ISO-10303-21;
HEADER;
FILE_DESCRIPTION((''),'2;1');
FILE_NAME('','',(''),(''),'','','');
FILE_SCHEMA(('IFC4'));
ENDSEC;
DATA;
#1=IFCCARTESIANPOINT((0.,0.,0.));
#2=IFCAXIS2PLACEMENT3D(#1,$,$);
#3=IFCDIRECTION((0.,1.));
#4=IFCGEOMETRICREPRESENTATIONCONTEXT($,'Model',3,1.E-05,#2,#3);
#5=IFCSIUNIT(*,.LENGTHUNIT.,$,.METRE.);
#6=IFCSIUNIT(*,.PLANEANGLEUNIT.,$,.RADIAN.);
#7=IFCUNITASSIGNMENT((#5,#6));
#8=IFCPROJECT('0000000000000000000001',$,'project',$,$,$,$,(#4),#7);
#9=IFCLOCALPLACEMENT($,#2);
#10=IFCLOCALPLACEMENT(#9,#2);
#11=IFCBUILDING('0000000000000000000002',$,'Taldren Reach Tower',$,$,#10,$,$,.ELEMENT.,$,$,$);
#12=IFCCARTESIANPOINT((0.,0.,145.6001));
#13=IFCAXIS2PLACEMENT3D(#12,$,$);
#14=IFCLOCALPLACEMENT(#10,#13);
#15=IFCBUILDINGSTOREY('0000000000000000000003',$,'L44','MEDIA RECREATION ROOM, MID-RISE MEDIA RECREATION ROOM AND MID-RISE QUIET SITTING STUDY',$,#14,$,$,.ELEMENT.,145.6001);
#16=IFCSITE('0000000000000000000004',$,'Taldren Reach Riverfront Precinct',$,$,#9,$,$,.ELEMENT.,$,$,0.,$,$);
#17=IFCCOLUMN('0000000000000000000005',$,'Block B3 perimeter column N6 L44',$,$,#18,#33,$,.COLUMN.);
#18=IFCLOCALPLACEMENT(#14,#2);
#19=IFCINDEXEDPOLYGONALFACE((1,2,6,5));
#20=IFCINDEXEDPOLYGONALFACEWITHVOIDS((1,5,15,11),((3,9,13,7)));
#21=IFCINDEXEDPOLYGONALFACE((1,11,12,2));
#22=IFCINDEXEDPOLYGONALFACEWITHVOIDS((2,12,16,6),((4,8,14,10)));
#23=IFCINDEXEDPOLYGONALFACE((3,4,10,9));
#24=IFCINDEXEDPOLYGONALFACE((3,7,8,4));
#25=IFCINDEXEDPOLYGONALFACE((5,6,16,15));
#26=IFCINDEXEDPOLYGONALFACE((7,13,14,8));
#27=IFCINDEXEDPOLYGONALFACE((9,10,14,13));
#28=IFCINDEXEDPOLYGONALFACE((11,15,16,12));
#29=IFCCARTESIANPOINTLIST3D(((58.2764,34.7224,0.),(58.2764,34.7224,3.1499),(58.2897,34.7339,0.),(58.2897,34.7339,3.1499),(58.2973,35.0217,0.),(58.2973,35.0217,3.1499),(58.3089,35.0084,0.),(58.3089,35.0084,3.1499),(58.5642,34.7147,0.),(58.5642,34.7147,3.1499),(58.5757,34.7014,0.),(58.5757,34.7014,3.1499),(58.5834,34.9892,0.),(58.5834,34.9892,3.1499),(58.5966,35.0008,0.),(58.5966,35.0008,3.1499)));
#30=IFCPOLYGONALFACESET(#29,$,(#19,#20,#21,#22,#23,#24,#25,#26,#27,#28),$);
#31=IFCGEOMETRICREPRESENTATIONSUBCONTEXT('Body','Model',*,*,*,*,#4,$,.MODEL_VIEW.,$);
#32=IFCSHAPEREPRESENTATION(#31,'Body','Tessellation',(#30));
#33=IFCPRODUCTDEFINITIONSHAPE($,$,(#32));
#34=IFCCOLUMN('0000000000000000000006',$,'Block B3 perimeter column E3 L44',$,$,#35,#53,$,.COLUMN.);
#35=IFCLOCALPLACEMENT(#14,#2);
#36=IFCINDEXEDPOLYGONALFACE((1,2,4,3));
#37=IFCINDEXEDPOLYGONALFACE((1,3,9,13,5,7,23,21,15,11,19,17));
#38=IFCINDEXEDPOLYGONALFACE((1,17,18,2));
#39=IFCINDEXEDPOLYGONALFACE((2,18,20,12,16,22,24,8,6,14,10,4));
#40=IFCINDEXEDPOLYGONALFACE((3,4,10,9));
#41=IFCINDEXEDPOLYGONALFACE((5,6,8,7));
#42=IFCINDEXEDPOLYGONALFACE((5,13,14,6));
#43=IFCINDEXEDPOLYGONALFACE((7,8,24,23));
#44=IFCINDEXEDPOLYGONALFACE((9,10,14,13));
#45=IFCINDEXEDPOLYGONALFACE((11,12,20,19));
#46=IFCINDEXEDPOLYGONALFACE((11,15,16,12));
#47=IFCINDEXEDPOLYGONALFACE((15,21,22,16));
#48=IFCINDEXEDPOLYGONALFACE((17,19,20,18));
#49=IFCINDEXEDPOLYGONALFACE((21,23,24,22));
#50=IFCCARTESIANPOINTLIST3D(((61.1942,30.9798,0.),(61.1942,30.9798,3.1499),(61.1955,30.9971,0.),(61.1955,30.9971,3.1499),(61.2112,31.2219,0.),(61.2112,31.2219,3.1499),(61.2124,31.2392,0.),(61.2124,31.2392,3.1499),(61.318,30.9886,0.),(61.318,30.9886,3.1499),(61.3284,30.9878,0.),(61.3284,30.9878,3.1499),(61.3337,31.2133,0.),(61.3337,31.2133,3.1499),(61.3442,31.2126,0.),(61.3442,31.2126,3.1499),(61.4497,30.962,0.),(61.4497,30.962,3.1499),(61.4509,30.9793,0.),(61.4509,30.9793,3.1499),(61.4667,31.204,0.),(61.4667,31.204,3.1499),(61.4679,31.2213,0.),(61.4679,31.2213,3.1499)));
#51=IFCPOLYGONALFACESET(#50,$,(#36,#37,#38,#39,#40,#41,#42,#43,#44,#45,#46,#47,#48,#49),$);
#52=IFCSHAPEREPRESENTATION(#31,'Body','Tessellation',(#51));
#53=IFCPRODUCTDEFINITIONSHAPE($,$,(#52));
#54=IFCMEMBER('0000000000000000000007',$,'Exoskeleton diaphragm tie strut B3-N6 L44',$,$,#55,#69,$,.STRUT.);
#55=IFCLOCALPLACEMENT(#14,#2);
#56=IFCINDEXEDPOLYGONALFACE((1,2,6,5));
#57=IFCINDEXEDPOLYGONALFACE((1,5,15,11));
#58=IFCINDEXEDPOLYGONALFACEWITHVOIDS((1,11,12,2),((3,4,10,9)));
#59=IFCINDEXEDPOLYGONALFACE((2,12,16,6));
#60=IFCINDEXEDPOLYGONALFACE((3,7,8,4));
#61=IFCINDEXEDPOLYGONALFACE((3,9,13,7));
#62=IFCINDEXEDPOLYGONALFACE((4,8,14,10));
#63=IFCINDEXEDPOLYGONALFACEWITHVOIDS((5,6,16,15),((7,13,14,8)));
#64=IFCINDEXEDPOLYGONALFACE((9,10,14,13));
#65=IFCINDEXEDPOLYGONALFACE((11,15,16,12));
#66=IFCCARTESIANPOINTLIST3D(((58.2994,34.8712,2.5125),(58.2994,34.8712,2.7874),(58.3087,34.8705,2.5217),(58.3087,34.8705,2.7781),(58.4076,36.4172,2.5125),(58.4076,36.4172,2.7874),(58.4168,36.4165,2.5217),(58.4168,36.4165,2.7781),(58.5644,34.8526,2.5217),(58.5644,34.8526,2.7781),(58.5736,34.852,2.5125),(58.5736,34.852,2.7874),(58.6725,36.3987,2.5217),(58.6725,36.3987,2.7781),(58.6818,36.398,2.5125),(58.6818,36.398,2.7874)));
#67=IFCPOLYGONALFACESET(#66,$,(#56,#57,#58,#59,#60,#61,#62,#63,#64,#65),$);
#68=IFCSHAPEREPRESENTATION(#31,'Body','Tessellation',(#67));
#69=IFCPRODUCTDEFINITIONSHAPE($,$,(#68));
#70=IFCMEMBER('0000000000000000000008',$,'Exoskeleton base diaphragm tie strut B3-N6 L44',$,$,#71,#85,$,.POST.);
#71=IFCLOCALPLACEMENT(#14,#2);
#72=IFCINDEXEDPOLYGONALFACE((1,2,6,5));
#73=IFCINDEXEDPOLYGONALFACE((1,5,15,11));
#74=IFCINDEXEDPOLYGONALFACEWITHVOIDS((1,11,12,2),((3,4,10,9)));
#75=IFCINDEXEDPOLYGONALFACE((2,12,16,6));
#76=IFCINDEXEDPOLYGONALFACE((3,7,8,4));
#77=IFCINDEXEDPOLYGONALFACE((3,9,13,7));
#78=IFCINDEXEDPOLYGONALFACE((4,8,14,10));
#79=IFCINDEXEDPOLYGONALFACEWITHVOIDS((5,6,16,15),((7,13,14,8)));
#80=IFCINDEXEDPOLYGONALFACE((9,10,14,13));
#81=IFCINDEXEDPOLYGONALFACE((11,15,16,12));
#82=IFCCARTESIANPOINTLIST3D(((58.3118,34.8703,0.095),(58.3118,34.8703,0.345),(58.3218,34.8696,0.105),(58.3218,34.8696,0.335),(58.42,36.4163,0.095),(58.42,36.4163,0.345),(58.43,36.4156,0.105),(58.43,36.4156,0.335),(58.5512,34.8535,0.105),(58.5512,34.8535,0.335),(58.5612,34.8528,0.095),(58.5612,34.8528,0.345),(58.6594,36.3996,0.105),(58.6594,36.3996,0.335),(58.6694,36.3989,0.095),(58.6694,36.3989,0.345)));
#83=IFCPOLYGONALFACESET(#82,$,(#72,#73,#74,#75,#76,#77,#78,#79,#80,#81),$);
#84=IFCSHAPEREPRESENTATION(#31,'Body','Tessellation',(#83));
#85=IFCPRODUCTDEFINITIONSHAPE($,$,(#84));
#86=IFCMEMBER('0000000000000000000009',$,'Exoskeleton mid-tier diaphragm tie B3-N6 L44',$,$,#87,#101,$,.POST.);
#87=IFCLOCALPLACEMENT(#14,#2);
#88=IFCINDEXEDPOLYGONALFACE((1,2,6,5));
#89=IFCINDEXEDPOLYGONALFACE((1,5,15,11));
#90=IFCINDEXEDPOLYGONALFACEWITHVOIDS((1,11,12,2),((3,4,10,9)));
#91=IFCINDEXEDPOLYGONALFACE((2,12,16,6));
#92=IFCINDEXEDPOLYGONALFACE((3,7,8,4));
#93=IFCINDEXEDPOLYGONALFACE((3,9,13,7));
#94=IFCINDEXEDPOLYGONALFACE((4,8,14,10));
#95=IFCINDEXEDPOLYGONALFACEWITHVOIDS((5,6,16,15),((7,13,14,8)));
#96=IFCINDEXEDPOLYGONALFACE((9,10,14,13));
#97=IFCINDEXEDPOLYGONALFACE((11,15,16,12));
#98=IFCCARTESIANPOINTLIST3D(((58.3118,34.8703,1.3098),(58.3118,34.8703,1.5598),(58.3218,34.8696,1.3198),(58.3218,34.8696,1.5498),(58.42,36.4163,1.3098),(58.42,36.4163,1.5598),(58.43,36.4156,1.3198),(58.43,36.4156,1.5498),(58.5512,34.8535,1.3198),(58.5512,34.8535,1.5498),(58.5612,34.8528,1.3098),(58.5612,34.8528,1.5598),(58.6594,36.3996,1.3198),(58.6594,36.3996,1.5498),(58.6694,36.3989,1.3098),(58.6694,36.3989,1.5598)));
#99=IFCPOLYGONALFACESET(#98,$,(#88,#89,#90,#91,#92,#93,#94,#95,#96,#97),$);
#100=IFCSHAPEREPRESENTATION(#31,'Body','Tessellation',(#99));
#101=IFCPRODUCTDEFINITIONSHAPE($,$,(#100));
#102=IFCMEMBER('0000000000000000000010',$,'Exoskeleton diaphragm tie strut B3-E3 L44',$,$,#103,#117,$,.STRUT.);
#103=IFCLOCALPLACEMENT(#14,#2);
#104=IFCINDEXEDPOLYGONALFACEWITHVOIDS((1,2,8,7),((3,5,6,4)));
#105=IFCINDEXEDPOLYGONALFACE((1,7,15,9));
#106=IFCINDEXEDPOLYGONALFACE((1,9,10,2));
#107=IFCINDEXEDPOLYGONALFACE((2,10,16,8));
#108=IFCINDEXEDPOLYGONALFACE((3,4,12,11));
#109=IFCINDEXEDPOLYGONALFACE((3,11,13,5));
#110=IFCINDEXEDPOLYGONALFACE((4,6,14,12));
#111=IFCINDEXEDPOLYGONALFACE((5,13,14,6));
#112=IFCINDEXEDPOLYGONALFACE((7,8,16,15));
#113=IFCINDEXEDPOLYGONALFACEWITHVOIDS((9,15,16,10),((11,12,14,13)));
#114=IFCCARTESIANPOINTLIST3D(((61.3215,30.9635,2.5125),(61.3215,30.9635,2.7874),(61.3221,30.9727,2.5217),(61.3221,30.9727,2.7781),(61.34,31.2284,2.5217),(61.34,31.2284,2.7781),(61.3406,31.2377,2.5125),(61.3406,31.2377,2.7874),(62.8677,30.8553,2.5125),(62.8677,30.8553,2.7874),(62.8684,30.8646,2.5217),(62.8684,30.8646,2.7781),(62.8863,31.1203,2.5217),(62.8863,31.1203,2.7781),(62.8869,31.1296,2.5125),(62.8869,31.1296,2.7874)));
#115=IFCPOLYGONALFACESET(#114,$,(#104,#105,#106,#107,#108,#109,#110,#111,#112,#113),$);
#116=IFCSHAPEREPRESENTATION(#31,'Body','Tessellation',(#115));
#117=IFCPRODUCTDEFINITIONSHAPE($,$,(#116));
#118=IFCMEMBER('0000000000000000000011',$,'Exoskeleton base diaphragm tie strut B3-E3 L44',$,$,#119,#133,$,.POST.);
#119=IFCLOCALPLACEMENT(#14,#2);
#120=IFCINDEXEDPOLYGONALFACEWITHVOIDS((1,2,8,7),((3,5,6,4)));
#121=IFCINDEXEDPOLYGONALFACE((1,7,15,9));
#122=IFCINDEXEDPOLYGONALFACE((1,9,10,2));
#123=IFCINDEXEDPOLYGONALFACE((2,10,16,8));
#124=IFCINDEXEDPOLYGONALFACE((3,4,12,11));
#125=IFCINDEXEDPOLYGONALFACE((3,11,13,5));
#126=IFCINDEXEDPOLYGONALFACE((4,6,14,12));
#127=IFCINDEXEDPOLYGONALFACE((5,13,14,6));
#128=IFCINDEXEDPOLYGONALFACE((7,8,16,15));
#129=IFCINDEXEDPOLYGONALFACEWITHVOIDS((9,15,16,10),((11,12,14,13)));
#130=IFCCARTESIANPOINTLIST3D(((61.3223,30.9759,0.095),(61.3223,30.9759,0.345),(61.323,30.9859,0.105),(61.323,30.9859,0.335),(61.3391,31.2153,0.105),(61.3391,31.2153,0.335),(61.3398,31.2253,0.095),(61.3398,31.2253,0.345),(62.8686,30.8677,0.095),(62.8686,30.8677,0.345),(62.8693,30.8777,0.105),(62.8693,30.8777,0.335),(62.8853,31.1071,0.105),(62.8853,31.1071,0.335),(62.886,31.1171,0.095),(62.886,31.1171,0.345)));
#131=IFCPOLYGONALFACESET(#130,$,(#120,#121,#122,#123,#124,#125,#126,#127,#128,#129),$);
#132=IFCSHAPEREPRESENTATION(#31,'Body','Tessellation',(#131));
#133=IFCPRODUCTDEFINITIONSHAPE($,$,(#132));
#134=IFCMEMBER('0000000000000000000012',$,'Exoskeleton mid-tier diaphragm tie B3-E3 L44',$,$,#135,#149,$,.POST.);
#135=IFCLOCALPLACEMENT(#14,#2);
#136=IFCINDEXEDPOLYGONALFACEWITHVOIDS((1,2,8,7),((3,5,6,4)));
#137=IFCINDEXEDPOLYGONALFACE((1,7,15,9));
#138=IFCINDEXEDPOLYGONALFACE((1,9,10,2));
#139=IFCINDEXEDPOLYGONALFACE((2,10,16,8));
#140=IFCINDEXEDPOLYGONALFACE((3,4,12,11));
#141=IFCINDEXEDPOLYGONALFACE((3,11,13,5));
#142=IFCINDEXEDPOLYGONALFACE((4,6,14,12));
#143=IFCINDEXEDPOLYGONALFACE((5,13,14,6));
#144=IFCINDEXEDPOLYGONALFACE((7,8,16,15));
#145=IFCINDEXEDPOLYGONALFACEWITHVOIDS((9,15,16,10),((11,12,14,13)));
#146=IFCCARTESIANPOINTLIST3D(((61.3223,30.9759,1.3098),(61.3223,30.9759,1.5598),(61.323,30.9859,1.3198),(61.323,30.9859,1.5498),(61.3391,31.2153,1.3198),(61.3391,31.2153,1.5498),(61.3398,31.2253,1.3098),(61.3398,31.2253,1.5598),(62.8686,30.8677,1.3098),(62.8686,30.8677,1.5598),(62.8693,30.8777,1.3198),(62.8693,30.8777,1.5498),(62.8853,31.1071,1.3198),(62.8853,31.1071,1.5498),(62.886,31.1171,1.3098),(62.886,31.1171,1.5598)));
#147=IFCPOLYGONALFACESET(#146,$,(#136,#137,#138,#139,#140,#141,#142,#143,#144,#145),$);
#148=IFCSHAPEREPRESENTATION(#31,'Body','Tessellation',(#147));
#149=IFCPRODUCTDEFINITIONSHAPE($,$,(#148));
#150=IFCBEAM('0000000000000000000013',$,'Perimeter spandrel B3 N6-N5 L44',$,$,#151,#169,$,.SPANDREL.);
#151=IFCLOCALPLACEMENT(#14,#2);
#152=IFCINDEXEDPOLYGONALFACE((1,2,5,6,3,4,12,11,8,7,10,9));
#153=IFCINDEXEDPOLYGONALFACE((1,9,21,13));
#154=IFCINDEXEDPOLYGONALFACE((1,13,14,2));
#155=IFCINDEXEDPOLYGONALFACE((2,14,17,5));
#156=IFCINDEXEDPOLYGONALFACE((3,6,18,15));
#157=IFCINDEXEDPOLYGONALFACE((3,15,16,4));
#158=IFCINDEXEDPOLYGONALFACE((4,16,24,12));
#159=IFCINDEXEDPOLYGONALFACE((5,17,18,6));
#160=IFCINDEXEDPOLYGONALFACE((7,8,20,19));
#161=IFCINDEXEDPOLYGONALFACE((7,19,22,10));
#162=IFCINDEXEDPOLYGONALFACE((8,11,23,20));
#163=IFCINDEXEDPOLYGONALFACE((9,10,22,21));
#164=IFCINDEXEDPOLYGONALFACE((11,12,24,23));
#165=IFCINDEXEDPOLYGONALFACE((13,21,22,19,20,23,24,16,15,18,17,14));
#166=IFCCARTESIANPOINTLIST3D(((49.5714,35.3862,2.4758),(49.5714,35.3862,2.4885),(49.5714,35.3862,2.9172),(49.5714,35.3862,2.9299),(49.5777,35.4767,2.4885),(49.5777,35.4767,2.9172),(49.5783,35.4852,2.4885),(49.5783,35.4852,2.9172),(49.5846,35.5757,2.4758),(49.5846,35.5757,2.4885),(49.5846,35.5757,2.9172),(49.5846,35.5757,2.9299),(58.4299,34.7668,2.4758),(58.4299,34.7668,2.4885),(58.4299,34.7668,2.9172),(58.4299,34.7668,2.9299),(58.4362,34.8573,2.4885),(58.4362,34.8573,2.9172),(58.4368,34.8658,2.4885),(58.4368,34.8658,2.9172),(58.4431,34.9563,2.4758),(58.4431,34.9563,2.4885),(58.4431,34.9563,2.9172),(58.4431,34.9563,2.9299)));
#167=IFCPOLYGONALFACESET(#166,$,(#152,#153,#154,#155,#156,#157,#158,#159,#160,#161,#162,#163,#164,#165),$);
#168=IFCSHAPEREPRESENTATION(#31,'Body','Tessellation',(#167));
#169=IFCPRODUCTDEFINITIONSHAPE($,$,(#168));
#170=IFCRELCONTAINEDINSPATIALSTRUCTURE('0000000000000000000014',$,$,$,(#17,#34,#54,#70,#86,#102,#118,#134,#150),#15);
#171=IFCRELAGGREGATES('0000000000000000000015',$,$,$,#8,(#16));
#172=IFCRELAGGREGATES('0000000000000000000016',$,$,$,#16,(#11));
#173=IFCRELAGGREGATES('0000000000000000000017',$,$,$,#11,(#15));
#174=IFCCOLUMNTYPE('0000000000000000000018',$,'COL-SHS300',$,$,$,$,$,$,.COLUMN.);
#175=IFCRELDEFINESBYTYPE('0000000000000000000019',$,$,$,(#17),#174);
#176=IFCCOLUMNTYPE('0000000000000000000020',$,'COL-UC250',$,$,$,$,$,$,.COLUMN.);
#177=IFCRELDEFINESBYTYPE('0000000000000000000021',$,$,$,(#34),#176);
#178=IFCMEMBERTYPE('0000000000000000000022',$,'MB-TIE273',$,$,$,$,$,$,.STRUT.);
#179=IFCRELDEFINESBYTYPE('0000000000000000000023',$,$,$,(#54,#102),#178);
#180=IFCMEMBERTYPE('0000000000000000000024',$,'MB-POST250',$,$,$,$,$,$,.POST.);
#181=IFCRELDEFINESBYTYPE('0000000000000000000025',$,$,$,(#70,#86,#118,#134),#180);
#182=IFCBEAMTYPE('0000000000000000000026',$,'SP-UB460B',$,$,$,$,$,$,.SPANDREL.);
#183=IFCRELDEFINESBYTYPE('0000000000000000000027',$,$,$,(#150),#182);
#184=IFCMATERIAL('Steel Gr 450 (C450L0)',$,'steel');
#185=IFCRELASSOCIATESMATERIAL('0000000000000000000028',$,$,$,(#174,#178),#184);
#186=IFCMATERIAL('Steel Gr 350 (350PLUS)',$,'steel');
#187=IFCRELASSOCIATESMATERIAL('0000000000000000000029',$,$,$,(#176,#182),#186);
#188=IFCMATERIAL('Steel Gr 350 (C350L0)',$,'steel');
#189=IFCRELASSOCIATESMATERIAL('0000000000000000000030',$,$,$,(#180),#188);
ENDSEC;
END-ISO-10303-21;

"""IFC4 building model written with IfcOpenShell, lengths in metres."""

from ifc_helpers import new_model, si_unit, direction, frame, origin, origin_2d, place, context, subcontext, project, spatial, hollow_rectangle, i_section, extrude, source, transform, mapped, material, material_profile, profile_set, type_object, element, save


model = new_model("IFC4")

# Units and contexts
model_context = context("Model", 3, precision=1e-05, world=origin(), true_north=direction((0.0, 1.0)))
body_context = subcontext(model_context, "Body", "Model", "MODEL_VIEW")
ifc_project = project(units=[si_unit("LENGTHUNIT", "METRE"), si_unit("PLANEANGLEUNIT", "RADIAN")], contexts=[model_context])

# Site, building, storey
site_placement = place(None, origin())
site = spatial("IfcSite", under=ifc_project, at=site_placement, Name="Taldren Reach Riverfront Precinct", CompositionType="ELEMENT", RefElevation=0.0)
building_placement = place(site_placement, origin())
building = spatial("IfcBuilding", under=site, at=building_placement, Name="Taldren Reach Tower", CompositionType="ELEMENT")
storey_placement = place(building_placement, frame((0.0, 0.0, 145.6001)))
storey = spatial("IfcBuildingStorey", under=building, at=storey_placement, Name="L44", Description="MEDIA RECREATION ROOM, MID-RISE MEDIA RECREATION ROOM AND MID-RISE QUIET SITTING STUDY", CompositionType="ELEMENT", Elevation=145.6001)

# Columns
ifc_material_1 = material(Name="Steel Gr 450 (C450L0)", Category="steel")
ifc_material_profile_1 = material_profile(ifc_material_1, hollow_rectangle(XDim=0.3, YDim=0.3, WallThickness=0.0125, at=origin_2d()), Name="300x300x12.5SHS")
ifc_profile_set_1 = profile_set([ifc_material_profile_1], Name="Steel Gr 450 (C450L0)")
column_type_1 = type_object("IfcColumnType", Name="COL-SHS300", PredefinedType="COLUMN", material=ifc_profile_set_1)
shared_shape_1 = source(origin(), body_context, "Body", "SweptSolid", [
    extrude(hollow_rectangle(XDim=0.3, YDim=0.3, WallThickness=0.0125, at=origin_2d()), origin(), (0.0, 0.0, 1.0), 3.1499),
])
column_1_placement = place(storey_placement, frame((58.4365, 34.8616, 0.0), z_axis=(0.0, 0.0, 1.0), x_axis=(0.997564, -0.069756, 0.0)))
element("IfcColumn", 1, at=column_1_placement, inside=storey, type_object=column_type_1, Name="Block B3 perimeter column N6 L44", PredefinedType="COLUMN", context=body_context, shape_type="MappedRepresentation", body=[
    mapped(shared_shape_1, transform((0.0, 0.0, 0.0), scale=1.0)),
])
ifc_material_2 = material(Name="Steel Gr 350 (350PLUS)", Category="steel")
ifc_material_profile_2 = material_profile(ifc_material_2, i_section(OverallWidth=0.2561, OverallDepth=0.26, WebThickness=0.0105, FlangeThickness=0.0173, at=origin_2d()), Name="250UC89.5")
ifc_profile_set_2 = profile_set([ifc_material_profile_2], Name="Steel Gr 350 (350PLUS)")
column_type_2 = type_object("IfcColumnType", Name="COL-UC250", PredefinedType="COLUMN", material=ifc_profile_set_2)
shared_shape_2 = source(origin(), body_context, "Body", "SweptSolid", [
    extrude(i_section(OverallWidth=0.2561, OverallDepth=0.26, WebThickness=0.0105, FlangeThickness=0.0173, at=origin_2d()), origin(), (0.0, 0.0, 1.0), 3.1499),
])
column_2_placement = place(storey_placement, frame((61.3311, 31.1006, 0.0), z_axis=(0.0, 0.0, 1.0), x_axis=(0.997564, -0.069756, 0.0)))
element("IfcColumn", 2, at=column_2_placement, inside=storey, type_object=column_type_2, Name="Block B3 perimeter column E3 L44", PredefinedType="COLUMN", context=body_context, shape_type="MappedRepresentation", body=[
    mapped(shared_shape_2, transform((0.0, 0.0, 0.0), scale=1.0)),
])

# Members
ifc_material_profile_3 = material_profile(ifc_material_1, hollow_rectangle(XDim=0.2749, YDim=0.2749, WallThickness=0.0093, at=origin_2d()), Name="275x275x9.3SHS")
ifc_profile_set_3 = profile_set([ifc_material_profile_3], Name="Steel Gr 450 (C450L0)")
member_type_1 = type_object("IfcMemberType", Name="MB-TIE273", PredefinedType="STRUT", material=ifc_profile_set_3)
shared_shape_3 = source(origin(), body_context, "Body", "SweptSolid", [
    extrude(hollow_rectangle(XDim=0.2749, YDim=0.2749, WallThickness=0.0093, at=origin_2d()), origin(), (0.0, 0.0, 1.0), 1.5498),
])
member_1_placement = place(storey_placement, frame((58.4365, 34.8616, 2.6499), z_axis=(0.069781, 0.997562, 0.0), x_axis=(-0.997562, 0.069781, 0.0)))
element("IfcMember", 3, at=member_1_placement, inside=storey, type_object=member_type_1, Name="Exoskeleton diaphragm tie strut B3-N6 L44", PredefinedType="STRUT", context=body_context, shape_type="MappedRepresentation", body=[
    mapped(shared_shape_3, transform((0.0, 0.0, 0.0), scale=1.0)),
])
ifc_material_3 = material(Name="Steel Gr 350 (C350L0)", Category="steel")
ifc_material_profile_4 = material_profile(ifc_material_3, hollow_rectangle(XDim=0.25, YDim=0.25, WallThickness=0.01, at=origin_2d()), Name="250x250x10.0SHS")
ifc_profile_set_4 = profile_set([ifc_material_profile_4], Name="Steel Gr 350 (C350L0)")
member_type_2 = type_object("IfcMemberType", Name="MB-POST250", PredefinedType="POST", material=ifc_profile_set_4)
shared_shape_4 = source(origin(), body_context, "Body", "SweptSolid", [
    extrude(hollow_rectangle(XDim=0.25, YDim=0.25, WallThickness=0.01, at=origin_2d()), origin(), (0.0, 0.0, 1.0), 1.5498),
])
for number, where, z_axis, x_axis, name in (
    (4, (58.4365, 34.8616, 0.22), (0.069781, 0.997562, 0.0), (-0.997562, 0.069781, 0.0), "Exoskeleton base diaphragm tie strut B3-N6 L44"),
    (5, (58.4365, 34.8616, 1.4348), (0.069781, 0.997562, 0.0), (-0.997562, 0.069781, 0.0), "Exoskeleton mid-tier diaphragm tie B3-N6 L44"),
):
    element("IfcMember", number, at=place(storey_placement, frame(where, z_axis=z_axis, x_axis=x_axis)), inside=storey, type_object=member_type_2, Name=name, PredefinedType="POST", context=body_context, shape_type="MappedRepresentation", body=[
        mapped(shared_shape_4, transform((0.0, 0.0, 0.0), scale=1.0)),
    ])
shared_shape_5 = source(origin(), body_context, "Body", "SweptSolid", [
    extrude(hollow_rectangle(XDim=0.2749, YDim=0.2749, WallThickness=0.0093, at=origin_2d()), origin(), (0.0, 0.0, 1.0), 1.55),
])
member_2_placement = place(storey_placement, frame((61.3311, 31.1006, 2.6499), z_axis=(0.997563, -0.06977, 0.0), x_axis=(0.06977, 0.997563, 0.0)))
element("IfcMember", 6, at=member_2_placement, inside=storey, type_object=member_type_1, Name="Exoskeleton diaphragm tie strut B3-E3 L44", PredefinedType="STRUT", context=body_context, shape_type="MappedRepresentation", body=[
    mapped(shared_shape_5, transform((0.0, 0.0, 0.0), scale=1.0)),
])
shared_shape_6 = source(origin(), body_context, "Body", "SweptSolid", [
    extrude(hollow_rectangle(XDim=0.25, YDim=0.25, WallThickness=0.01, at=origin_2d()), origin(), (0.0, 0.0, 1.0), 1.55),
])
for number, where, z_axis, x_axis, name in (
    (7, (61.3311, 31.1006, 0.22), (0.997563, -0.06977, 0.0), (0.06977, 0.997563, 0.0), "Exoskeleton base diaphragm tie strut B3-E3 L44"),
    (8, (61.3311, 31.1006, 1.4348), (0.997563, -0.06977, 0.0), (0.06977, 0.997563, 0.0), "Exoskeleton mid-tier diaphragm tie B3-E3 L44"),
):
    element("IfcMember", number, at=place(storey_placement, frame(where, z_axis=z_axis, x_axis=x_axis)), inside=storey, type_object=member_type_2, Name=name, PredefinedType="POST", context=body_context, shape_type="MappedRepresentation", body=[
        mapped(shared_shape_6, transform((0.0, 0.0, 0.0), scale=1.0)),
    ])

# Beam
ifc_material_profile_5 = material_profile(ifc_material_2, i_section(OverallWidth=0.1899, OverallDepth=0.4541, WebThickness=0.0085, FlangeThickness=0.0127, at=origin_2d()), Name="460UB67.1")
ifc_profile_set_5 = profile_set([ifc_material_profile_5], Name="Steel Gr 350 (350PLUS)")
beam_type = type_object("IfcBeamType", Name="SP-UB460B", PredefinedType="SPANDREL", material=ifc_profile_set_5)
shared_shape_7 = source(origin(), body_context, "Body", "SweptSolid", [
    extrude(i_section(OverallWidth=0.1899, OverallDepth=0.4541, WebThickness=0.0085, FlangeThickness=0.0127, at=origin_2d()), origin(), (0.0, 0.0, 1.0), 8.8801),
])
beam_1_placement = place(storey_placement, frame((58.4365, 34.8616, 2.7029), z_axis=(-0.997564, 0.06975, 0.0), x_axis=(-0.06975, -0.997564, 0.0)))
element("IfcBeam", 9, at=beam_1_placement, inside=storey, type_object=beam_type, Name="Perimeter spandrel B3 N6-N5 L44", PredefinedType="SPANDREL", context=body_context, shape_type="MappedRepresentation", body=[
    mapped(shared_shape_7, transform((0.0, 0.0, 0.0), scale=1.0)),
])

save(model, "model.ifc")
